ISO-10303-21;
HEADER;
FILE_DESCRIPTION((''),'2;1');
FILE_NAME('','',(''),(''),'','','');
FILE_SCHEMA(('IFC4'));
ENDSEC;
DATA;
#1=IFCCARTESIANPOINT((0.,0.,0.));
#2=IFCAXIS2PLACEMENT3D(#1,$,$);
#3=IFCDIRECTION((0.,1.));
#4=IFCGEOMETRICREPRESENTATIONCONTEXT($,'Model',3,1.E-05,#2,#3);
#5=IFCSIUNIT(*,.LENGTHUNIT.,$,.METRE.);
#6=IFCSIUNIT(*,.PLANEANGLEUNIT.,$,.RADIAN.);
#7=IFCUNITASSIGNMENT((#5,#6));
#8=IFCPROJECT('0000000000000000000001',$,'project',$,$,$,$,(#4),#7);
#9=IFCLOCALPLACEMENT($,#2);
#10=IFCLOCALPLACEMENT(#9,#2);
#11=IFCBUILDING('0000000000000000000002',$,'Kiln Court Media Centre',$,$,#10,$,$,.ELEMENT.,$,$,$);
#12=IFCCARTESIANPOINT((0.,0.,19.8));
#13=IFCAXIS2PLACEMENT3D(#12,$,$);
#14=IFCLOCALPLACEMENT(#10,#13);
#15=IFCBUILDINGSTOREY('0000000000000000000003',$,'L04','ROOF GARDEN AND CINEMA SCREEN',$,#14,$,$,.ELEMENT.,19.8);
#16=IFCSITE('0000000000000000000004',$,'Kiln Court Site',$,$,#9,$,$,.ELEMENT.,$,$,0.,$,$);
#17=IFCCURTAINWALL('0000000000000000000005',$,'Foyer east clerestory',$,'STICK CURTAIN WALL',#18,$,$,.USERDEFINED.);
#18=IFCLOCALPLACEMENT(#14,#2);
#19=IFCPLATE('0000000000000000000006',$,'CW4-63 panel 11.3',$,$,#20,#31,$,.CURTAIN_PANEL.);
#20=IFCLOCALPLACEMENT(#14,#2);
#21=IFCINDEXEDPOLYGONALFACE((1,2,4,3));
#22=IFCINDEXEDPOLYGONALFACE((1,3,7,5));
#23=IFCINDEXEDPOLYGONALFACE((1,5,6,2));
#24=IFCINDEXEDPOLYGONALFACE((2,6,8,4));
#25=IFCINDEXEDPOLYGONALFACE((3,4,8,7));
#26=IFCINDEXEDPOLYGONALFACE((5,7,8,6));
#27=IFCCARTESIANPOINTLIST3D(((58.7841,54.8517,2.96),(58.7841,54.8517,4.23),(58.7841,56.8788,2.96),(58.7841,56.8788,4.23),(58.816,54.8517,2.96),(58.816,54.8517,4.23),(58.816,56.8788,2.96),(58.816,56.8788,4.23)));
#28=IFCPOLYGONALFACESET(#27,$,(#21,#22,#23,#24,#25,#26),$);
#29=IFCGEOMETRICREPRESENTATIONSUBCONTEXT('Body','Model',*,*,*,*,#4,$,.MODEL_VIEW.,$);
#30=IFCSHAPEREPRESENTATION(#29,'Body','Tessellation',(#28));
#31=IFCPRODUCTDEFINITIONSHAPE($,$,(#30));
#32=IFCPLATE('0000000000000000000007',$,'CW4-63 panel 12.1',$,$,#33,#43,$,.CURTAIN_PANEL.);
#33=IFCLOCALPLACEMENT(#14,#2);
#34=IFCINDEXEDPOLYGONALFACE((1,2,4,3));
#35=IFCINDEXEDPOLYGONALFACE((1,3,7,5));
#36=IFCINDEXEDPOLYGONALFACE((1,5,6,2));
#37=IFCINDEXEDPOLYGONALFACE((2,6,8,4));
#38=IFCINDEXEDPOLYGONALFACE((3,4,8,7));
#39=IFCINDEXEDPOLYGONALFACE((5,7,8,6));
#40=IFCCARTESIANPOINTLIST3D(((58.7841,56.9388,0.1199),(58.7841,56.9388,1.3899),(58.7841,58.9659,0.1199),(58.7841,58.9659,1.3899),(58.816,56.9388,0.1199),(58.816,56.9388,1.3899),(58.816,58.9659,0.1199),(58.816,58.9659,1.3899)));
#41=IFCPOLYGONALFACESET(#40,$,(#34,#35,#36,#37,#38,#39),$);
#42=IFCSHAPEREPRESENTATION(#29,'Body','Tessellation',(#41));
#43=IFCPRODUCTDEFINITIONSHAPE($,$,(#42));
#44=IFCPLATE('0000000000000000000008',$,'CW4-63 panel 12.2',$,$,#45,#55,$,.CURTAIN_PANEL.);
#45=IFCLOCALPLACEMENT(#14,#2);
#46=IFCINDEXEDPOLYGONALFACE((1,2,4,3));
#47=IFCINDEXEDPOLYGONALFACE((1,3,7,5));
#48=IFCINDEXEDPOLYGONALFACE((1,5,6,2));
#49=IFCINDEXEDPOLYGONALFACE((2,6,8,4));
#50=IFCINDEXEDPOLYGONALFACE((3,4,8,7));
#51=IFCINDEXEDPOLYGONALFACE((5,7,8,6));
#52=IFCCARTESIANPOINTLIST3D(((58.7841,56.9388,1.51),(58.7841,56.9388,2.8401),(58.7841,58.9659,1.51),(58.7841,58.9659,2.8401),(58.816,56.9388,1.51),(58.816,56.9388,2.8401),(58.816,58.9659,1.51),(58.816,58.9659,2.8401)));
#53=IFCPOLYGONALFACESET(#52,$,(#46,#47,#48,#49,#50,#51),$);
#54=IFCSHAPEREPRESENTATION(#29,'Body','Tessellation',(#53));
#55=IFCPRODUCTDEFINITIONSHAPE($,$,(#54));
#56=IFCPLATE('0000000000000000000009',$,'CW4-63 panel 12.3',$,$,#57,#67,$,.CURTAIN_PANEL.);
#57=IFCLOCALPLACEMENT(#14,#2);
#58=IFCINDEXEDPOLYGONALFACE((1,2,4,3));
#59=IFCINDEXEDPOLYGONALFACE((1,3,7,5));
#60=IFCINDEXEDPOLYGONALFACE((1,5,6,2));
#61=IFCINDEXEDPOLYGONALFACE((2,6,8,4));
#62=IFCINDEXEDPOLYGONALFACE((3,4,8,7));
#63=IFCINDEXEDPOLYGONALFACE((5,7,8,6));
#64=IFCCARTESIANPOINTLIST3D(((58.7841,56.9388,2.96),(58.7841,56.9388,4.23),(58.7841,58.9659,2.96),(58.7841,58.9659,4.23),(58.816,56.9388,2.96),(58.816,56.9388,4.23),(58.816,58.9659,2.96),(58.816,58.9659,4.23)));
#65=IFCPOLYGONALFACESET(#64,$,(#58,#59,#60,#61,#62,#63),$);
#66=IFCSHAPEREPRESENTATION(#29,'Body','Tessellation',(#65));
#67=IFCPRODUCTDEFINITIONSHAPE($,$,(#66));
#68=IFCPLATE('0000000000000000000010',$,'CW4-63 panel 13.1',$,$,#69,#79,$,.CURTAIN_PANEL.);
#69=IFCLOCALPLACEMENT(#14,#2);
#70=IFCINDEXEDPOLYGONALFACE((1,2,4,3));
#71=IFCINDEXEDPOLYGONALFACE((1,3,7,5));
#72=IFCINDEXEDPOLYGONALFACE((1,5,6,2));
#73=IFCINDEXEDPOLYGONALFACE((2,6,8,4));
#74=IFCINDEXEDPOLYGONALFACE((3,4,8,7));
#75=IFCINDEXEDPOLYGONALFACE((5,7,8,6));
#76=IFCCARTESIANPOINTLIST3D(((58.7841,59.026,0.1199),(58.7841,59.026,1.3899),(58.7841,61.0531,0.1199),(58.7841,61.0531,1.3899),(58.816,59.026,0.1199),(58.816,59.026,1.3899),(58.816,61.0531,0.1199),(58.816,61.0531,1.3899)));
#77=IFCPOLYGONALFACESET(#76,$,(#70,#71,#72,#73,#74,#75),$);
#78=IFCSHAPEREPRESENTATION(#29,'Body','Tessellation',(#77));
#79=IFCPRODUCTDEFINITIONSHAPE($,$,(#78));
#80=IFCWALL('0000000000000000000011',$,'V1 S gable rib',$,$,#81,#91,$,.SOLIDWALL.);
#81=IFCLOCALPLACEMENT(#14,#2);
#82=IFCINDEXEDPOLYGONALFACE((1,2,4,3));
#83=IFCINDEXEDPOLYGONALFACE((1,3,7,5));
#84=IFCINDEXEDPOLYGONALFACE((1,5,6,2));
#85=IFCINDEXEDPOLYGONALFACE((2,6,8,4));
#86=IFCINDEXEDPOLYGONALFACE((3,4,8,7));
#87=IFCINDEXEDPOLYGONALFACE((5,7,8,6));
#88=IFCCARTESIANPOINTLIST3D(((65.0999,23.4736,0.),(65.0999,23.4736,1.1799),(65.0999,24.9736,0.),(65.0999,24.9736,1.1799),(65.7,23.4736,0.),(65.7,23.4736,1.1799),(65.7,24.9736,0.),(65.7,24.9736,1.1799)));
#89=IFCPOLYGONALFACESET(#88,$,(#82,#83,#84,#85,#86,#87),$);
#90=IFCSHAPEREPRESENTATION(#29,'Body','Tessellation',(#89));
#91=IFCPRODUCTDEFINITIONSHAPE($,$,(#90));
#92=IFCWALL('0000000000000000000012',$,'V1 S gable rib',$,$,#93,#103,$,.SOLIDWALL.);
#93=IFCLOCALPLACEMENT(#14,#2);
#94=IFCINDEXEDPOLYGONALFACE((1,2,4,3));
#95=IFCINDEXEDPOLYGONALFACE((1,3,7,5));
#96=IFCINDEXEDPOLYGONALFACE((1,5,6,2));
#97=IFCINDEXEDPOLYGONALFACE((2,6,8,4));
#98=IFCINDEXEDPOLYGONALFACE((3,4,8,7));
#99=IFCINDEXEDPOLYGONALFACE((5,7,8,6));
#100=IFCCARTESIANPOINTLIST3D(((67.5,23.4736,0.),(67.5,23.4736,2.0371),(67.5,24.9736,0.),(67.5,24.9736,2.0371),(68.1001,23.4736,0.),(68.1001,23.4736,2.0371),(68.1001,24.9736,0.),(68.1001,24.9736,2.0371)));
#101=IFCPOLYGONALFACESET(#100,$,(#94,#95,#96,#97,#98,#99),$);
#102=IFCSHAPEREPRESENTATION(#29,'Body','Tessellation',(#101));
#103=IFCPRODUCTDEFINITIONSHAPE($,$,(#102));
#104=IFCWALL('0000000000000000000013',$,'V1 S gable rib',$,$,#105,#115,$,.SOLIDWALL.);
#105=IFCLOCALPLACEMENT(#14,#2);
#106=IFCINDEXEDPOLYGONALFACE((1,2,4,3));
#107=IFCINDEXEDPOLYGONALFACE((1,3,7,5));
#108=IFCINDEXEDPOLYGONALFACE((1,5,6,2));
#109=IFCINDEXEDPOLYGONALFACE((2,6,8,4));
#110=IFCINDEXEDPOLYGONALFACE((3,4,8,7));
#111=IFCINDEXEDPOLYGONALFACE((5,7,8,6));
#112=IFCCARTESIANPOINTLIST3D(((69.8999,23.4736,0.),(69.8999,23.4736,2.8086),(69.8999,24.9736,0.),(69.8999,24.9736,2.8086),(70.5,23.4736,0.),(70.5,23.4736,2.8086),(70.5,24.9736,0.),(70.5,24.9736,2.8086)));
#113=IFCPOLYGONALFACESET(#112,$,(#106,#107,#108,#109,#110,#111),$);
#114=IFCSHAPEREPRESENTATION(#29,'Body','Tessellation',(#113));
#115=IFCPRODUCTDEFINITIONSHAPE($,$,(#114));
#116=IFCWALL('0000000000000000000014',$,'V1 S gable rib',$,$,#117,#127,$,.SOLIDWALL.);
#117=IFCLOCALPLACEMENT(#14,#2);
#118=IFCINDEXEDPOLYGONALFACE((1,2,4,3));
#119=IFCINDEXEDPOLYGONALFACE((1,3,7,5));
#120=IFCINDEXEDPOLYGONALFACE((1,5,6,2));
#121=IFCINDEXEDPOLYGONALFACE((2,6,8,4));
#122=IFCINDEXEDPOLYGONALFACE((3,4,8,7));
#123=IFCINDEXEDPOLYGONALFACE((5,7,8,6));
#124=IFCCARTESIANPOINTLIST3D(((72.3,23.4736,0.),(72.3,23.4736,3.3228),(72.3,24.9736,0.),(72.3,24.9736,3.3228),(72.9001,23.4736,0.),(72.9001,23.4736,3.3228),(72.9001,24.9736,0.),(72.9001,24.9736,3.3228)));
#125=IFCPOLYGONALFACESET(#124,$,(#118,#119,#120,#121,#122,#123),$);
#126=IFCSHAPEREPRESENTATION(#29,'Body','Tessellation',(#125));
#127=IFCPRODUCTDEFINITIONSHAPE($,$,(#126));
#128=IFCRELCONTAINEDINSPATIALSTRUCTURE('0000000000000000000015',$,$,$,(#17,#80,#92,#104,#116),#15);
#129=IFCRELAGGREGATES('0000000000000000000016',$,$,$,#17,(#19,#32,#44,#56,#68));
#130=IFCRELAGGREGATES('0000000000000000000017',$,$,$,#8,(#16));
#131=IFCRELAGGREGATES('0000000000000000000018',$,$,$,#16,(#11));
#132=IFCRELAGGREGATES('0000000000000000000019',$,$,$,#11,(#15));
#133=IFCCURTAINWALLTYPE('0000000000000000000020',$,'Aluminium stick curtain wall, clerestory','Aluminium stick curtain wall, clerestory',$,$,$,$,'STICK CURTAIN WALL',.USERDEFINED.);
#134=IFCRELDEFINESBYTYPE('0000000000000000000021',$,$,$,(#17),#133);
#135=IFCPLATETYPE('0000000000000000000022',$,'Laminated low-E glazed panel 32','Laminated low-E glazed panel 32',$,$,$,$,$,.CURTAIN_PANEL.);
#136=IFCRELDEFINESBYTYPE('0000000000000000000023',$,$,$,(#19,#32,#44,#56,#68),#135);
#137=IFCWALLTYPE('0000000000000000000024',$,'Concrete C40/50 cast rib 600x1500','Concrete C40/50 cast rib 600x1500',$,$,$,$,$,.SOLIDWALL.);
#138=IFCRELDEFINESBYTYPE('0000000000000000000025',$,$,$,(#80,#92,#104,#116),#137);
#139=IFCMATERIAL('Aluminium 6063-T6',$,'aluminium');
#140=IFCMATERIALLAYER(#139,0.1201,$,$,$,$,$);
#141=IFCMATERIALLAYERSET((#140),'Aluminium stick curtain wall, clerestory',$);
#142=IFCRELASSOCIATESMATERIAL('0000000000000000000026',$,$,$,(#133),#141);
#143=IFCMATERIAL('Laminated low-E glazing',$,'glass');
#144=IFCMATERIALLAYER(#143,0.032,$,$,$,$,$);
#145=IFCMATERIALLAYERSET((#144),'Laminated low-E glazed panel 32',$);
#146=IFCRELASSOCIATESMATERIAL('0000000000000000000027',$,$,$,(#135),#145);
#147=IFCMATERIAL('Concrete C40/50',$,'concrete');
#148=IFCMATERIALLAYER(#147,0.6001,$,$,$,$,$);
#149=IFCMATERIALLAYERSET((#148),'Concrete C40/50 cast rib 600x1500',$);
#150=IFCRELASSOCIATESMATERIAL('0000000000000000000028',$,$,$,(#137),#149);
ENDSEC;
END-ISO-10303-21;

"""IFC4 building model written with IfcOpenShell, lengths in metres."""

from ifc_helpers import new_model, si_unit, direction, frame, frame_2d, origin, origin_2d, place, context, subcontext, project, spatial, rectangle, extrude, material, layer, layer_set, type_object, element, aggregate, save


model = new_model("IFC4")

# Units and contexts
model_context = context("Model", 3, precision=1e-05, world=origin(), true_north=direction((0.0, 1.0)))
body_context = subcontext(model_context, "Body", "Model", "MODEL_VIEW")
ifc_project = project(units=[si_unit("LENGTHUNIT", "METRE"), si_unit("PLANEANGLEUNIT", "RADIAN")], contexts=[model_context])

# Site, building, storey
site_placement = place(None, origin())
site = spatial("IfcSite", under=ifc_project, at=site_placement, Name="Kiln Court Site", CompositionType="ELEMENT", RefElevation=0.0)
building_placement = place(site_placement, origin())
building = spatial("IfcBuilding", under=site, at=building_placement, Name="Kiln Court Media Centre", CompositionType="ELEMENT")
storey_placement = place(building_placement, frame((0.0, 0.0, 19.8)))
storey = spatial("IfcBuildingStorey", under=building, at=storey_placement, Name="L04", Description="ROOF GARDEN AND CINEMA SCREEN", CompositionType="ELEMENT", Elevation=19.8)

# Curtain wall, plates
ifc_material_1 = material(Name="Aluminium 6063-T6", Category="aluminium")
ifc_layer_1 = layer(ifc_material_1, 0.1201)
ifc_layer_set_1 = layer_set([ifc_layer_1], Name="Aluminium stick curtain wall, clerestory")
curtain_wall_type = type_object("IfcCurtainWallType", Name="Aluminium stick curtain wall, clerestory", Description="Aluminium stick curtain wall, clerestory", ElementType="STICK CURTAIN WALL", PredefinedType="USERDEFINED", material=ifc_layer_set_1)
curtain_wall_placement = place(storey_placement, origin())
curtain_wall = element("IfcCurtainWall", 1, at=curtain_wall_placement, inside=storey, type_object=curtain_wall_type, Name="Foyer east clerestory", ObjectType="STICK CURTAIN WALL", PredefinedType="USERDEFINED")
ifc_material_2 = material(Name="Laminated low-E glazing", Category="glass")
ifc_layer_2 = layer(ifc_material_2, 0.032)
ifc_layer_set_2 = layer_set([ifc_layer_2], Name="Laminated low-E glazed panel 32")
plate_type = type_object("IfcPlateType", Name="Laminated low-E glazed panel 32", Description="Laminated low-E glazed panel 32", PredefinedType="CURTAIN_PANEL", material=ifc_layer_set_2)
plate_1_placement = place(storey_placement, frame((58.8, 55.8652, 2.96), z_axis=(0.0, 0.0, 1.0), x_axis=(0.0, 1.0, 0.0)))
plate_1 = element("IfcPlate", 2, at=plate_1_placement, type_object=plate_type, Name="CW4-63 panel 11.3", PredefinedType="CURTAIN_PANEL", context=body_context, shape_type="SweptSolid", body=[
    extrude(rectangle(XDim=2.0271, YDim=0.032, at=origin_2d()), origin(), (0.0, 0.0, 1.0), 1.27),
])
plate_2_placement = place(storey_placement, frame((58.8, 57.9524, 0.1199), z_axis=(0.0, 0.0, 1.0), x_axis=(0.0, 1.0, 0.0)))
plate_2 = element("IfcPlate", 3, at=plate_2_placement, type_object=plate_type, Name="CW4-63 panel 12.1", PredefinedType="CURTAIN_PANEL", context=body_context, shape_type="SweptSolid", body=[
    extrude(rectangle(XDim=2.0271, YDim=0.032, at=origin_2d()), origin(), (0.0, 0.0, 1.0), 1.27),
])
plate_3_placement = place(storey_placement, frame((58.8, 57.9524, 1.51), z_axis=(0.0, 0.0, 1.0), x_axis=(0.0, 1.0, 0.0)))
plate_3 = element("IfcPlate", 4, at=plate_3_placement, type_object=plate_type, Name="CW4-63 panel 12.2", PredefinedType="CURTAIN_PANEL", context=body_context, shape_type="SweptSolid", body=[
    extrude(rectangle(XDim=2.0271, YDim=0.032, at=origin_2d()), origin(), (0.0, 0.0, 1.0), 1.3301),
])
plate_4_placement = place(storey_placement, frame((58.8, 57.9524, 2.96), z_axis=(0.0, 0.0, 1.0), x_axis=(0.0, 1.0, 0.0)))
plate_4 = element("IfcPlate", 5, at=plate_4_placement, type_object=plate_type, Name="CW4-63 panel 12.3", PredefinedType="CURTAIN_PANEL", context=body_context, shape_type="SweptSolid", body=[
    extrude(rectangle(XDim=2.0271, YDim=0.032, at=origin_2d()), origin(), (0.0, 0.0, 1.0), 1.27),
])
plate_5_placement = place(storey_placement, frame((58.8, 60.0396, 0.1199), z_axis=(0.0, 0.0, 1.0), x_axis=(0.0, 1.0, 0.0)))
plate_5 = element("IfcPlate", 6, at=plate_5_placement, type_object=plate_type, Name="CW4-63 panel 13.1", PredefinedType="CURTAIN_PANEL", context=body_context, shape_type="SweptSolid", body=[
    extrude(rectangle(XDim=2.0271, YDim=0.032, at=origin_2d()), origin(), (0.0, 0.0, 1.0), 1.27),
])
aggregate(curtain_wall, [plate_1, plate_2, plate_3, plate_4, plate_5])

# Walls
ifc_material_3 = material(Name="Concrete C40/50", Category="concrete")
ifc_layer_3 = layer(ifc_material_3, 0.6001)
ifc_layer_set_3 = layer_set([ifc_layer_3], Name="Concrete C40/50 cast rib 600x1500")
wall_type = type_object("IfcWallType", Name="Concrete C40/50 cast rib 600x1500", Description="Concrete C40/50 cast rib 600x1500", PredefinedType="SOLIDWALL", material=ifc_layer_set_3)
wall_1_placement = place(storey_placement, frame((65.3999, 24.9736, 0.0), z_axis=(0.0, 0.0, 1.0), x_axis=(0.0, -1.0, 0.0)))
element("IfcWall", 7, at=wall_1_placement, inside=storey, type_object=wall_type, Name="V1 S gable rib", PredefinedType="SOLIDWALL", context=body_context, shape_type="SweptSolid", body=[
    extrude(rectangle(XDim=1.5, YDim=0.6001, at=frame_2d((0.75, 0.0))), origin(), (0.0, 0.0, 1.0), 1.1799),
])
wall_2_placement = place(storey_placement, frame((67.8, 24.9736, 0.0), z_axis=(0.0, 0.0, 1.0), x_axis=(0.0, -1.0, 0.0)))
element("IfcWall", 8, at=wall_2_placement, inside=storey, type_object=wall_type, Name="V1 S gable rib", PredefinedType="SOLIDWALL", context=body_context, shape_type="SweptSolid", body=[
    extrude(rectangle(XDim=1.5, YDim=0.6001, at=frame_2d((0.75, 0.0))), origin(), (0.0, 0.0, 1.0), 2.0371),
])
wall_3_placement = place(storey_placement, frame((70.2, 24.9736, 0.0), z_axis=(0.0, 0.0, 1.0), x_axis=(0.0, -1.0, 0.0)))
element("IfcWall", 9, at=wall_3_placement, inside=storey, type_object=wall_type, Name="V1 S gable rib", PredefinedType="SOLIDWALL", context=body_context, shape_type="SweptSolid", body=[
    extrude(rectangle(XDim=1.5, YDim=0.6001, at=frame_2d((0.75, 0.0))), origin(), (0.0, 0.0, 1.0), 2.8086),
])
wall_4_placement = place(storey_placement, frame((72.6001, 24.9736, 0.0), z_axis=(0.0, 0.0, 1.0), x_axis=(0.0, -1.0, 0.0)))
element("IfcWall", 10, at=wall_4_placement, inside=storey, type_object=wall_type, Name="V1 S gable rib", PredefinedType="SOLIDWALL", context=body_context, shape_type="SweptSolid", body=[
    extrude(rectangle(XDim=1.5, YDim=0.6001, at=frame_2d((0.75, 0.0))), origin(), (0.0, 0.0, 1.0), 3.3228),
])

save(model, "model.ifc")
